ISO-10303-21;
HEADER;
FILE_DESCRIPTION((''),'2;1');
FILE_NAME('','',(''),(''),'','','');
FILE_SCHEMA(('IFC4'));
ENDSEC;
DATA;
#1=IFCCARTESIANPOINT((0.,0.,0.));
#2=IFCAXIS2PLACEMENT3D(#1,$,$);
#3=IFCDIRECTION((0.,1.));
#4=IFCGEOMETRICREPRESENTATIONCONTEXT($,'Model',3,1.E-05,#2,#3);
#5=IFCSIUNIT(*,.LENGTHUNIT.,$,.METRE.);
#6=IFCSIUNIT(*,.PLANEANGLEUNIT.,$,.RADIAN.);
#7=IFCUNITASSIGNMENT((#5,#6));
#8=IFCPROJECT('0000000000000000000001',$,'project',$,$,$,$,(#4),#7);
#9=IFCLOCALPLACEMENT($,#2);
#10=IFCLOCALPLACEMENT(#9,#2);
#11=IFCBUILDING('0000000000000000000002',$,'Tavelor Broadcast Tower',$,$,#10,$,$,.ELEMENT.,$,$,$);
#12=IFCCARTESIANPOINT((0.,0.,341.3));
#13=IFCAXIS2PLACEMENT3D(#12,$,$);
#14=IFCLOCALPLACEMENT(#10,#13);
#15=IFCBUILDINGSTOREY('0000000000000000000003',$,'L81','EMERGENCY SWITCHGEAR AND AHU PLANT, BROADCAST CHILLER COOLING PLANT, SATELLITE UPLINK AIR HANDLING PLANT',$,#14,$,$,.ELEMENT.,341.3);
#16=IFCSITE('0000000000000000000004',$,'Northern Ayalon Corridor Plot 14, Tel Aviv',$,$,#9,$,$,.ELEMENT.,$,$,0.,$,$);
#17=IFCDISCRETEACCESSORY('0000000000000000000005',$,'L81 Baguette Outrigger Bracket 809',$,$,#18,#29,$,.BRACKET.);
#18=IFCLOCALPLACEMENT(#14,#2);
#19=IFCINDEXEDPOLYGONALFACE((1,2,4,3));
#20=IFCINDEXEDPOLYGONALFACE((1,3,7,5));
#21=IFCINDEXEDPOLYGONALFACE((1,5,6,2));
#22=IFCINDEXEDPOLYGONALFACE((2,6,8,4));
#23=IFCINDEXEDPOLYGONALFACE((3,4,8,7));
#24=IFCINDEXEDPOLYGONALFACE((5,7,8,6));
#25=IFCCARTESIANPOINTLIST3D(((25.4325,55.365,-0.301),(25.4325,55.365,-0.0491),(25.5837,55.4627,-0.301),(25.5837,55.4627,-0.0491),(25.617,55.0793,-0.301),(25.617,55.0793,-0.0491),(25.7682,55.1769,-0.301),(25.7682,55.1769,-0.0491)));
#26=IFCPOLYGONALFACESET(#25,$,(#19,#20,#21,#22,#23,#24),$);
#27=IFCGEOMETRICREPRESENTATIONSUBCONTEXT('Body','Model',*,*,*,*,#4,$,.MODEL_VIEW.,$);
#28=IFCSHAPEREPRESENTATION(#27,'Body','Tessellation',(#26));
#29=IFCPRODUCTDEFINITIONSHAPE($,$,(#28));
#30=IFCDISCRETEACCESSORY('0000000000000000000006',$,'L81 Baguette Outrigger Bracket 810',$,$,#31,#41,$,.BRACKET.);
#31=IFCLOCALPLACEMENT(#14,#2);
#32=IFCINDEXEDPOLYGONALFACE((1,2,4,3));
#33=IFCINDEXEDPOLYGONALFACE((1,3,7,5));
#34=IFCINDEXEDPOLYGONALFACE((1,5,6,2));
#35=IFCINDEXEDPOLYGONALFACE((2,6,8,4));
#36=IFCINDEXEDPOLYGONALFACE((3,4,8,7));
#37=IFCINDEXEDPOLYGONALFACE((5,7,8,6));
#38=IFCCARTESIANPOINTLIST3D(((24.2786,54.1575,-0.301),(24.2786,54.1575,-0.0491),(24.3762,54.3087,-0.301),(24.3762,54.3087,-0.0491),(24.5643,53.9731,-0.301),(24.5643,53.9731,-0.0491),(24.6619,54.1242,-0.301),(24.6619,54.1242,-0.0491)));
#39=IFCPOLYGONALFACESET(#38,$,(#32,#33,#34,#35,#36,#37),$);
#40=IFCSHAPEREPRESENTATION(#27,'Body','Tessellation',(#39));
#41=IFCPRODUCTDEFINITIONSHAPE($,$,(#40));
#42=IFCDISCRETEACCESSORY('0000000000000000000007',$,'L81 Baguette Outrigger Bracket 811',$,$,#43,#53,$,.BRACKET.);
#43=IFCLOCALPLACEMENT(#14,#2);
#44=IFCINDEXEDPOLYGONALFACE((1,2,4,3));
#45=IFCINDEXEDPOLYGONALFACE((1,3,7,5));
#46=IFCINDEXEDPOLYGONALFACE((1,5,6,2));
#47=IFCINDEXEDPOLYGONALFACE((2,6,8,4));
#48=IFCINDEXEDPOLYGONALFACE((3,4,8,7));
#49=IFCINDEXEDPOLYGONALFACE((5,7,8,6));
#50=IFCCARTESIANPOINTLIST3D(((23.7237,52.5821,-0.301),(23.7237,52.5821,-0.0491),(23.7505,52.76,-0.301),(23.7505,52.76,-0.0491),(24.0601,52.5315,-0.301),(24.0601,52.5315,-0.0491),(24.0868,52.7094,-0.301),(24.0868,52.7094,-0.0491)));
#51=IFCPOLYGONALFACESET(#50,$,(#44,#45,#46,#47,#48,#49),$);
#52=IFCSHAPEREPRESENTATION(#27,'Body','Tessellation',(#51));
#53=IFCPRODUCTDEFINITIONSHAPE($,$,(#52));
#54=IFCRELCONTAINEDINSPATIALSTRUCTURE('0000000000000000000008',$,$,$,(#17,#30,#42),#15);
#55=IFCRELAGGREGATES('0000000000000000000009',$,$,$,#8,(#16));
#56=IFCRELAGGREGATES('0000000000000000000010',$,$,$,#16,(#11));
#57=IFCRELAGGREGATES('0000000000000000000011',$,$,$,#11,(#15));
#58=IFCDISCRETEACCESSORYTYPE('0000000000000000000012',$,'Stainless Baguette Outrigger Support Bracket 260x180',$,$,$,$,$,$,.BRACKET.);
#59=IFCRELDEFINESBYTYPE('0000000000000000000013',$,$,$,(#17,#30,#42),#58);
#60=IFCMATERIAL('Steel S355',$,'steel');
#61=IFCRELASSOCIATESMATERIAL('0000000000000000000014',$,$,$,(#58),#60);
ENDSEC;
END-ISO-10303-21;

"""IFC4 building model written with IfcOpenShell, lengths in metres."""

from ifc_helpers import new_model, si_unit, direction, frame, origin, origin_2d, place, context, subcontext, project, spatial, rectangle, extrude, source, transform, mapped, material, type_object, type_shapes, element, save


model = new_model("IFC4")

# Units and contexts
model_context = context("Model", 3, precision=1e-05, world=origin(), true_north=direction((0.0, 1.0)))
body_context = subcontext(model_context, "Body", "Model", "MODEL_VIEW")
ifc_project = project(units=[si_unit("LENGTHUNIT", "METRE"), si_unit("PLANEANGLEUNIT", "RADIAN")], contexts=[model_context])

# Site, building, storey
site_placement = place(None, origin())
site = spatial("IfcSite", under=ifc_project, at=site_placement, Name="Northern Ayalon Corridor Plot 14, Tel Aviv", CompositionType="ELEMENT", RefElevation=0.0)
building_placement = place(site_placement, origin())
building = spatial("IfcBuilding", under=site, at=building_placement, Name="Tavelor Broadcast Tower", CompositionType="ELEMENT")
storey_placement = place(building_placement, frame((0.0, 0.0, 341.3)))
storey = spatial("IfcBuildingStorey", under=building, at=storey_placement, Name="L81", Description="EMERGENCY SWITCHGEAR AND AHU PLANT, BROADCAST CHILLER COOLING PLANT, SATELLITE UPLINK AIR HANDLING PLANT", CompositionType="ELEMENT", Elevation=341.3)

# Discrete accessories
ifc_material_1 = material(Name="Steel S355", Category="steel")
discrete_accessory_type = type_object("IfcDiscreteAccessoryType", Name="Stainless Baguette Outrigger Support Bracket 260x180", PredefinedType="BRACKET", material=ifc_material_1)
shared_shape_1 = source(origin(), body_context, "Body", "SweptSolid", [
    extrude(rectangle(XDim=0.1799, YDim=0.3401, at=origin_2d()), origin(), (0.0, 0.0, 1.0), 0.252),
])
type_shapes(discrete_accessory_type, [shared_shape_1])
for number, where, z_axis, x_axis, name in (
    (1, (25.6003, 55.271, -0.301), (0.0, 0.0, 1.0), (-0.840094, -0.542442, 0.0), "L81 Baguette Outrigger Bracket 809"),
    (2, (24.4702, 54.1409, -0.301), (0.0, 0.0, 1.0), (-0.542442, -0.840094, 0.0), "L81 Baguette Outrigger Bracket 810"),
    (3, (23.9053, 52.6458, -0.301), (0.0, 0.0, 1.0), (-0.148672, -0.988886, 0.0), "L81 Baguette Outrigger Bracket 811"),
):
    element("IfcDiscreteAccessory", number, at=place(storey_placement, frame(where, z_axis=z_axis, x_axis=x_axis)), inside=storey, type_object=discrete_accessory_type, Name=name, PredefinedType="BRACKET", context=body_context, shape_type="MappedRepresentation", body=[
        mapped(shared_shape_1, transform((0.0, 0.0, 0.0), scale=1.0)),
    ])

save(model, "model.ifc")
